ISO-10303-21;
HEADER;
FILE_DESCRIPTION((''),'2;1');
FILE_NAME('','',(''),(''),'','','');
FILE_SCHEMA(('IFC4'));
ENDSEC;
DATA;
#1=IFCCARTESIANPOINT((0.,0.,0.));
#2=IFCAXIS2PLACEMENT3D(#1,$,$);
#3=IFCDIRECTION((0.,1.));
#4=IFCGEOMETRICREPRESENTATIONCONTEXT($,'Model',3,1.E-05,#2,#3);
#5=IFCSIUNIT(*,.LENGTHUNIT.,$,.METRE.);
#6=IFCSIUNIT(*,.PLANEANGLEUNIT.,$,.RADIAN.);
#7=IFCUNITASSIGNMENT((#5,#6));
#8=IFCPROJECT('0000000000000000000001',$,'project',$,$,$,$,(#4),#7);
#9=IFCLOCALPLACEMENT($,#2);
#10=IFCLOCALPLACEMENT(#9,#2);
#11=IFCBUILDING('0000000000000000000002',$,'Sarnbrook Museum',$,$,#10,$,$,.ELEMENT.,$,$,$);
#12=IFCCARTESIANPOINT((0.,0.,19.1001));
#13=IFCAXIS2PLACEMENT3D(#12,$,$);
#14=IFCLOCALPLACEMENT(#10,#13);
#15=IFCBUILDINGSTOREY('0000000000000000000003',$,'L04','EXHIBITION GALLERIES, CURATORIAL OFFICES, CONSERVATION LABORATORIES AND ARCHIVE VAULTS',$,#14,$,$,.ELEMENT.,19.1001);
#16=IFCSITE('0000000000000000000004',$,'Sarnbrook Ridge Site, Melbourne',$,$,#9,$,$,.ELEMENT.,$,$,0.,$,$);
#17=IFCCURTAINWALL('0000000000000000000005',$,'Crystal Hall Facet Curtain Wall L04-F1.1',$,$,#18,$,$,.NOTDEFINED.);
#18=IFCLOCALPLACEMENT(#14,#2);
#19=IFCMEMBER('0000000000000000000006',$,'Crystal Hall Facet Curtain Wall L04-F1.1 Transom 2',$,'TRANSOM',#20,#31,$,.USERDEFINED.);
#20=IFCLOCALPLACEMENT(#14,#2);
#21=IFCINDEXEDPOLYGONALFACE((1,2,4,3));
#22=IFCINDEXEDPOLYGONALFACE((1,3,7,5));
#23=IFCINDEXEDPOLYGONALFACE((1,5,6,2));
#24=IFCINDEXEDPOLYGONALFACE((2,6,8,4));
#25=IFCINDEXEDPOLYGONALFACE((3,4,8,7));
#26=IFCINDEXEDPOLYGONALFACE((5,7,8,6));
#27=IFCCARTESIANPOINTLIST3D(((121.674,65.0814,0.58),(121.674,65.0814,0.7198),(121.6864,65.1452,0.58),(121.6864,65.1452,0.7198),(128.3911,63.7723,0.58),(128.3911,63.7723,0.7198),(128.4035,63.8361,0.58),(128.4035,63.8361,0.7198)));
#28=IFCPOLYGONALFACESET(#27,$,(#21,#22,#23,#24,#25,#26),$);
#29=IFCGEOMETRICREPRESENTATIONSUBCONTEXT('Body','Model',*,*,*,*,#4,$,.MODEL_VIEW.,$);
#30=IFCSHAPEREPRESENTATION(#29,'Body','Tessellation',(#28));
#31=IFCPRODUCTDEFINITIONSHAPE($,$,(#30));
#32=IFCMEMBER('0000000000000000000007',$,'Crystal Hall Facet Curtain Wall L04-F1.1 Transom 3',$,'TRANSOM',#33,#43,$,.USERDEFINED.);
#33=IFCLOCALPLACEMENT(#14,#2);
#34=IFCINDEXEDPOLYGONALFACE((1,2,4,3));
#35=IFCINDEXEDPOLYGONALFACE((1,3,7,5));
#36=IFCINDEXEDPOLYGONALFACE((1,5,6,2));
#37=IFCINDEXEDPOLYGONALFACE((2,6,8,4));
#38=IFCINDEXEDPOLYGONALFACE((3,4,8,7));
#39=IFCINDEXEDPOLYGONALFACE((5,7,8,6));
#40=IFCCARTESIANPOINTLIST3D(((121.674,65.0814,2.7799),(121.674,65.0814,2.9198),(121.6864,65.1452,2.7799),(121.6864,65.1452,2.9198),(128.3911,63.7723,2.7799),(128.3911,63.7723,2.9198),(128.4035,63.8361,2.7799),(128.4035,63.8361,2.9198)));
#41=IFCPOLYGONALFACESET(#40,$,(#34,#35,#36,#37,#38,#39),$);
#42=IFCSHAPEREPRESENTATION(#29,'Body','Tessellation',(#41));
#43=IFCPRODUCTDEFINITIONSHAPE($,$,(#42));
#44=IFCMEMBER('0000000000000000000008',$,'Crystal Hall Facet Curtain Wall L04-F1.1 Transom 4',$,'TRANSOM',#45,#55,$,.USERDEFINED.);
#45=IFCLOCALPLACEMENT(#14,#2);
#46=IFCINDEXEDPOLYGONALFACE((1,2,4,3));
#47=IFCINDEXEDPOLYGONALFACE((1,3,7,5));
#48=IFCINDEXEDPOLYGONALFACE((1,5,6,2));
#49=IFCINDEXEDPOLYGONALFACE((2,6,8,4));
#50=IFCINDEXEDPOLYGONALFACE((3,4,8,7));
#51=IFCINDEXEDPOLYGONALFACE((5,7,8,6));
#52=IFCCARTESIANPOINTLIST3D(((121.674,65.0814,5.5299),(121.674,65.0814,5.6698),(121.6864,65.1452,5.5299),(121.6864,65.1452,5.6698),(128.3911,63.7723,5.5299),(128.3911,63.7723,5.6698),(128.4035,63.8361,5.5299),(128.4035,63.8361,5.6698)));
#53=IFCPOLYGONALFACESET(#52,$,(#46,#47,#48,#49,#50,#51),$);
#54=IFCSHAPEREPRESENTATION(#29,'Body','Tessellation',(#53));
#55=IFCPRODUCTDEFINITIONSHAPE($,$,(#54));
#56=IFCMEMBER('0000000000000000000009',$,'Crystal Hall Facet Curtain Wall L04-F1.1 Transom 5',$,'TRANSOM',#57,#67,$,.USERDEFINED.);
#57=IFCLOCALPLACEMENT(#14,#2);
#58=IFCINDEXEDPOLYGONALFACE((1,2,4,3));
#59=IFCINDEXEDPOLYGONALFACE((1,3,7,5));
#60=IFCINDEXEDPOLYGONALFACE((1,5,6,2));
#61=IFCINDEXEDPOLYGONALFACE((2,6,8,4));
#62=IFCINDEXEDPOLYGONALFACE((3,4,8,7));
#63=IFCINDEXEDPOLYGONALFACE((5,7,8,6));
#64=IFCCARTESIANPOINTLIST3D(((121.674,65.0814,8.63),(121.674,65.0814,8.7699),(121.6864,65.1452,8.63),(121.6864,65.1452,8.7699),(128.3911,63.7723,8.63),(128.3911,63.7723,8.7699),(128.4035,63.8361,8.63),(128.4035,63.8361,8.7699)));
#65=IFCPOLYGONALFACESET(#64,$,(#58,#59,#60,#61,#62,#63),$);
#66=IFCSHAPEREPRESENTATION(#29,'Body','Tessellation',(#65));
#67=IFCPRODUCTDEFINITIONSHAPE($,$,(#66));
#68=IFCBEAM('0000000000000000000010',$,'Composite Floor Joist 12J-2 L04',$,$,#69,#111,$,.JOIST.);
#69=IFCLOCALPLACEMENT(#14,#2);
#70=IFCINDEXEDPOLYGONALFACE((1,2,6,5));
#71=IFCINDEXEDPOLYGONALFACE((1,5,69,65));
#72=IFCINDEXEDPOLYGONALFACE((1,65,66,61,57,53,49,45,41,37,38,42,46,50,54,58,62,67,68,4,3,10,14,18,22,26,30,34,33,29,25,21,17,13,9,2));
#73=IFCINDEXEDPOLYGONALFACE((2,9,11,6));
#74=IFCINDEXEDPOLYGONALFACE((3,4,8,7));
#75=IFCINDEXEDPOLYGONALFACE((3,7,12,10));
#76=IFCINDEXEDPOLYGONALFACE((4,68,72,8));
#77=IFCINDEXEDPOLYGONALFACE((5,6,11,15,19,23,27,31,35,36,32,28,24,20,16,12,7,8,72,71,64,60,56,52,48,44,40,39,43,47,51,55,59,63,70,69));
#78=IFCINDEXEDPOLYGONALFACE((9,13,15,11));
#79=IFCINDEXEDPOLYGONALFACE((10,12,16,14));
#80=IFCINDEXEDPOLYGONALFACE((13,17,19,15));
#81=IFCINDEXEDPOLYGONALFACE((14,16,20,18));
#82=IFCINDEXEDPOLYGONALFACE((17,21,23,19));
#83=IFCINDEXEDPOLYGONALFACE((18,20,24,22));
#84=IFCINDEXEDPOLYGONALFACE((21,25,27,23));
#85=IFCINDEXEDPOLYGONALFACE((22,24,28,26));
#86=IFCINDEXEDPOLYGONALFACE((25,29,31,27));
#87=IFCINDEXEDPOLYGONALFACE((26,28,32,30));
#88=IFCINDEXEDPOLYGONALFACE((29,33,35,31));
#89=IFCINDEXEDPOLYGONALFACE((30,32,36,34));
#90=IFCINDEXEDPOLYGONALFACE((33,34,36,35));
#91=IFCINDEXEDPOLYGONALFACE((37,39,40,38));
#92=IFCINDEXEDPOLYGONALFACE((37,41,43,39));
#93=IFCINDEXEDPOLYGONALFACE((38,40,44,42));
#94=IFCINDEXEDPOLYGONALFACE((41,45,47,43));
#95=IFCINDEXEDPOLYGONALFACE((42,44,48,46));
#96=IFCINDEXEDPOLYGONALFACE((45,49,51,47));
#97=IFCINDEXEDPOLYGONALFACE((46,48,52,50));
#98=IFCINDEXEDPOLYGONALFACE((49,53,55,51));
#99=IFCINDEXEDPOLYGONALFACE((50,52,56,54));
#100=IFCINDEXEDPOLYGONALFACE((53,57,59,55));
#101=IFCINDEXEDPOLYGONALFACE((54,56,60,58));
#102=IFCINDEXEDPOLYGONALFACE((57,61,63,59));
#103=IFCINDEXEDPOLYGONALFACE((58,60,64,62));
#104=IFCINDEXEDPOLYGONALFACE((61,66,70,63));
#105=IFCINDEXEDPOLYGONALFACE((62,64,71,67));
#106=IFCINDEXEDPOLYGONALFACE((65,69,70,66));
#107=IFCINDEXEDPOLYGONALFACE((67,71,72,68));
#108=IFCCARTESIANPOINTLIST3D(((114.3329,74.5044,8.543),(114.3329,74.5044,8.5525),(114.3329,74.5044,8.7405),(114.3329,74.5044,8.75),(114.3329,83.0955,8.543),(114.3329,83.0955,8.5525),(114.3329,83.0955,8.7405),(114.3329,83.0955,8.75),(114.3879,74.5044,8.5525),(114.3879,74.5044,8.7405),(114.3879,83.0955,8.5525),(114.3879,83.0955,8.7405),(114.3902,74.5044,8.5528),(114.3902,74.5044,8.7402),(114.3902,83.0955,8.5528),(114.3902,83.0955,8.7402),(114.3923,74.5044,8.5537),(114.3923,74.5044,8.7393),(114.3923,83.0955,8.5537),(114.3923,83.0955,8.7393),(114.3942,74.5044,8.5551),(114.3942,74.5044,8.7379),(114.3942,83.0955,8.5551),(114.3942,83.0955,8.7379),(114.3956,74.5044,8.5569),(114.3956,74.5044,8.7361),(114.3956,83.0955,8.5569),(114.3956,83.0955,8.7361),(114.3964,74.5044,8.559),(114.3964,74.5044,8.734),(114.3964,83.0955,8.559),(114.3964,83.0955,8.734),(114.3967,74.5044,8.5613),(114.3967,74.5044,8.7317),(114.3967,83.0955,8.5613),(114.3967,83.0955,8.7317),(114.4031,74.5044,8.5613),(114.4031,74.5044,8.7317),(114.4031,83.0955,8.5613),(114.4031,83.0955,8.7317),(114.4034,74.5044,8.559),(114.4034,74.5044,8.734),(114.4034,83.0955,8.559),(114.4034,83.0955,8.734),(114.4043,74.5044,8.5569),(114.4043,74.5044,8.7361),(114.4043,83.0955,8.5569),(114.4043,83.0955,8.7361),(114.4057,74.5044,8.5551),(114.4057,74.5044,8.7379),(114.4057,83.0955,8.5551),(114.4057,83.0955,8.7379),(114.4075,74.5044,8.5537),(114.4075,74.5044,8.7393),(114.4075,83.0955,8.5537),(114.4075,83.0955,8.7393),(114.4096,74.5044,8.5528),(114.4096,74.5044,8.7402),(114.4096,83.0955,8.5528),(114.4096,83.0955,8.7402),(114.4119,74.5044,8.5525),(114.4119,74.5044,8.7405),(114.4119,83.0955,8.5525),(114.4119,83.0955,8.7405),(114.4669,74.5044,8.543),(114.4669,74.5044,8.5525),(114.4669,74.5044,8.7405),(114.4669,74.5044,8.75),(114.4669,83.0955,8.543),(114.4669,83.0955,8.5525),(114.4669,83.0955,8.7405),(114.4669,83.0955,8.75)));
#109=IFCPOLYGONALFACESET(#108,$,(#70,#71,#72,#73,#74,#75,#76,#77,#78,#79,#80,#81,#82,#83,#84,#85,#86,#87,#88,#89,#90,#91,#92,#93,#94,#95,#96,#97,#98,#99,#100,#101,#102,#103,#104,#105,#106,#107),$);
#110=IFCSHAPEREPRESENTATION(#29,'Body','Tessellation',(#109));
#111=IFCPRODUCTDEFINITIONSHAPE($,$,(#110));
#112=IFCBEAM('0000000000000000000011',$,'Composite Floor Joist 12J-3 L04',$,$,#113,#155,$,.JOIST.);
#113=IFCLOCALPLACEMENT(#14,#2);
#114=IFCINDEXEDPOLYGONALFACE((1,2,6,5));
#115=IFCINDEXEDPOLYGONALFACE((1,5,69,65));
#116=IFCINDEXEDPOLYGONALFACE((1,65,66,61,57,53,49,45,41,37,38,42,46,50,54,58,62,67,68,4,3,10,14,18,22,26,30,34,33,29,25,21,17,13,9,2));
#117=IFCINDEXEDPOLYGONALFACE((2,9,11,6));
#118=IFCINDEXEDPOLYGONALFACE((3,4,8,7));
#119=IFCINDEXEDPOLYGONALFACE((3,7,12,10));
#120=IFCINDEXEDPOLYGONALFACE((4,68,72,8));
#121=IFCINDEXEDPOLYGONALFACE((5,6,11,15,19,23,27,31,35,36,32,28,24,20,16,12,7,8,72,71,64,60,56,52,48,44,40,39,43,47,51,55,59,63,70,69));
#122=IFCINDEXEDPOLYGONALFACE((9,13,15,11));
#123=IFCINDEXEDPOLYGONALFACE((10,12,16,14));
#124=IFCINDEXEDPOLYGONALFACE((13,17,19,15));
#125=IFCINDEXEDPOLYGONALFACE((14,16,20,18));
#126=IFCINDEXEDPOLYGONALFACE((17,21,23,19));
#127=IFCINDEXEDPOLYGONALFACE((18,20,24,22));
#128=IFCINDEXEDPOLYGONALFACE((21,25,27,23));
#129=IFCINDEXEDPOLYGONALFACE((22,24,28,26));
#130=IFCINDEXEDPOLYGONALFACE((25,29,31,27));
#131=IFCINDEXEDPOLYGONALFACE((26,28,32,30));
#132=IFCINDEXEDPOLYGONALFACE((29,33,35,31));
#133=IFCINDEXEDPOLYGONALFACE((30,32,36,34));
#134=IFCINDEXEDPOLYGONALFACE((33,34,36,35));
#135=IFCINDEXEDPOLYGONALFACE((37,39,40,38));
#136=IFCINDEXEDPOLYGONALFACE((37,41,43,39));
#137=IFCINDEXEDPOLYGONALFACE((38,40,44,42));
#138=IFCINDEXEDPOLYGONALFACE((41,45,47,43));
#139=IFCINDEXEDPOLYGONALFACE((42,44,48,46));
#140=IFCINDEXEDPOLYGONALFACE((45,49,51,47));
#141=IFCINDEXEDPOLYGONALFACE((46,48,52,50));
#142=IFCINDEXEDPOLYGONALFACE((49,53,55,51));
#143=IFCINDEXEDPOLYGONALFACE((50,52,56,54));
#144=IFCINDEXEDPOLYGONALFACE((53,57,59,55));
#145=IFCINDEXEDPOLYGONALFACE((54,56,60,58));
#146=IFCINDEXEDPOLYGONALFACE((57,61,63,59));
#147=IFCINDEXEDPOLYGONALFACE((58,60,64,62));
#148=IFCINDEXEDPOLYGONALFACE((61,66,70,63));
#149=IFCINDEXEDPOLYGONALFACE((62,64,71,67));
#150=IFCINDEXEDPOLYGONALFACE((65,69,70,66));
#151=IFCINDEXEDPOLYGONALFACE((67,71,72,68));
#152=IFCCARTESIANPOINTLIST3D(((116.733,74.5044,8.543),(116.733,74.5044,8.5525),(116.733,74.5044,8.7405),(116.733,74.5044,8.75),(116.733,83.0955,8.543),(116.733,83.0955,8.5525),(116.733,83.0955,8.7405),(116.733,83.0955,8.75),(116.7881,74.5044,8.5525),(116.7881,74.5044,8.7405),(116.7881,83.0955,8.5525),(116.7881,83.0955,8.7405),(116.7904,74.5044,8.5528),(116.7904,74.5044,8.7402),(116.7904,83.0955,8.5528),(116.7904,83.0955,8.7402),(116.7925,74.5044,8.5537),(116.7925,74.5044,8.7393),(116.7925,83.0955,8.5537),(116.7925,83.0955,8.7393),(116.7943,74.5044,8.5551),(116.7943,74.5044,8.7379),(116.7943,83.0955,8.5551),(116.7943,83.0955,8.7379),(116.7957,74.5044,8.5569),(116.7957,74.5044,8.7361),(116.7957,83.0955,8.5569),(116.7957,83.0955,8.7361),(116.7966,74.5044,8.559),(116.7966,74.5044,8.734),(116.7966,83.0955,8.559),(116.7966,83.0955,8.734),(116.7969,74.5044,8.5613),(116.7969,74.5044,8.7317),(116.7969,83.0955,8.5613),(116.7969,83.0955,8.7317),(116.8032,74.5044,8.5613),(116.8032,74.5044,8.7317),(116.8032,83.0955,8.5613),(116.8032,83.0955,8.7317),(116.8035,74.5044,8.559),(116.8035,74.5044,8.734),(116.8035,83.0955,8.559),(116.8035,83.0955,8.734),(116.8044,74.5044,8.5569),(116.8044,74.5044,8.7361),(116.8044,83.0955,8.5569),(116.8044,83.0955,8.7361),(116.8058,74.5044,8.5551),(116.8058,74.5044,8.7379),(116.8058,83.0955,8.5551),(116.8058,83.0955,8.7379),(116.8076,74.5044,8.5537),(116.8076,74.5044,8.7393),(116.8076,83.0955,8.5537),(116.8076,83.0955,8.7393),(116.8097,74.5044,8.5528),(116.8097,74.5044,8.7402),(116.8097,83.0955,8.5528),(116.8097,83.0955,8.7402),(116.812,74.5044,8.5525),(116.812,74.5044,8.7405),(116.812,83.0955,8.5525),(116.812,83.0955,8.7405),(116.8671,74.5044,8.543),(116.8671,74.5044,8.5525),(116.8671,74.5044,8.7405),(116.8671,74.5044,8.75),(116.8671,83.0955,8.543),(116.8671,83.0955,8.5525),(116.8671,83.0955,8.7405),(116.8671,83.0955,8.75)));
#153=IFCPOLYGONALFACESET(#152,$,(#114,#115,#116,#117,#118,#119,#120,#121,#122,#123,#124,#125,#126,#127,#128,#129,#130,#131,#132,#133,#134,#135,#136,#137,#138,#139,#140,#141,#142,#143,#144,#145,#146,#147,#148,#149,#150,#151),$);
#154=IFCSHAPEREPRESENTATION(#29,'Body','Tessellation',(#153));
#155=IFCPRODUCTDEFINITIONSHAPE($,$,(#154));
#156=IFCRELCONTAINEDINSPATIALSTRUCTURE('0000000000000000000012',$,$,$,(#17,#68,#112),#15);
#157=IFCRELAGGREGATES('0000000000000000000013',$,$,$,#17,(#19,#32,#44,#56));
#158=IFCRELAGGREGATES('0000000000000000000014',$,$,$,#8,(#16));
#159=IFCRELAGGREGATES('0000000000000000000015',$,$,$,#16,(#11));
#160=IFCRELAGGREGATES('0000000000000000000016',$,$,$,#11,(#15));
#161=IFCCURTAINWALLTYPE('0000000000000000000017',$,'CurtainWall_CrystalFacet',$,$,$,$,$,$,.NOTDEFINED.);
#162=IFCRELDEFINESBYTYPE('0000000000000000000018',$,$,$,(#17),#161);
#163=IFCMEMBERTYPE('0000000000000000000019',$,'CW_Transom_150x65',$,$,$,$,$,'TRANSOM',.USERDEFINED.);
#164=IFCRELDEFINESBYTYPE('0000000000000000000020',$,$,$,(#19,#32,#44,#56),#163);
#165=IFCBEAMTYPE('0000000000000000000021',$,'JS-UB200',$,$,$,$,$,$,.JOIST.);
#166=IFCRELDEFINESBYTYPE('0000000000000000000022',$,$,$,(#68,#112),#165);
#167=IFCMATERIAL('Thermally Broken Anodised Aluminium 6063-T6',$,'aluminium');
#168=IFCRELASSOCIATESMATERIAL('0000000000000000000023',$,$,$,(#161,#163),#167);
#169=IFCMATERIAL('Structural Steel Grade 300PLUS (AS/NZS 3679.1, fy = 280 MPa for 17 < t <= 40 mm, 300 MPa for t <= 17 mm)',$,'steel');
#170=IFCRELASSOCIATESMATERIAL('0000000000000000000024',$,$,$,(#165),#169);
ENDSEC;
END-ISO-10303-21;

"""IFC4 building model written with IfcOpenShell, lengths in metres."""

from ifc_helpers import new_model, si_unit, direction, frame, origin, origin_2d, place, context, subcontext, project, spatial, rectangle, i_section, extrude, material, material_profile, profile_set, type_object, element, aggregate, save


model = new_model("IFC4")

# Units and contexts
model_context = context("Model", 3, precision=1e-05, world=origin(), true_north=direction((0.0, 1.0)))
body_context = subcontext(model_context, "Body", "Model", "MODEL_VIEW")
ifc_project = project(units=[si_unit("LENGTHUNIT", "METRE"), si_unit("PLANEANGLEUNIT", "RADIAN")], contexts=[model_context])

# Site, building, storey
site_placement = place(None, origin())
site = spatial("IfcSite", under=ifc_project, at=site_placement, Name="Sarnbrook Ridge Site, Melbourne", CompositionType="ELEMENT", RefElevation=0.0)
building_placement = place(site_placement, origin())
building = spatial("IfcBuilding", under=site, at=building_placement, Name="Sarnbrook Museum", CompositionType="ELEMENT")
storey_placement = place(building_placement, frame((0.0, 0.0, 19.1001)))
storey = spatial("IfcBuildingStorey", under=building, at=storey_placement, Name="L04", Description="EXHIBITION GALLERIES, CURATORIAL OFFICES, CONSERVATION LABORATORIES AND ARCHIVE VAULTS", CompositionType="ELEMENT", Elevation=19.1001)

# Shared definitions
ifc_material_1 = material(Name="Structural Steel Grade 300PLUS (AS/NZS 3679.1, fy = 280 MPa for 17 < t <= 40 mm, 300 MPa for t <= 17 mm)", Category="steel")

# Curtain wall, members
ifc_material_2 = material(Name="Thermally Broken Anodised Aluminium 6063-T6", Category="aluminium")
curtain_wall_type = type_object("IfcCurtainWallType", Name="CurtainWall_CrystalFacet", PredefinedType="NOTDEFINED", material=ifc_material_2)
curtain_wall_placement = place(storey_placement, origin())
curtain_wall = element("IfcCurtainWall", 1, at=curtain_wall_placement, inside=storey, type_object=curtain_wall_type, Name="Crystal Hall Facet Curtain Wall L04-F1.1", PredefinedType="NOTDEFINED")
ifc_material_profile_1 = material_profile(ifc_material_2, rectangle(XDim=0.0649, YDim=0.1399, at=origin_2d()), Name="ALU TRANSOM 65x140")
ifc_profile_set_1 = profile_set([ifc_material_profile_1], Name="Thermally Broken Anodised Aluminium 6063-T6")
member_type_1 = type_object("IfcMemberType", Name="CW_Transom_150x65", ElementType="TRANSOM", PredefinedType="USERDEFINED", material=ifc_profile_set_1)
member_1_placement = place(storey_placement, frame((121.6802, 65.1133, 0.6499), z_axis=(0.981533, -0.191291, 0.0), x_axis=(0.191291, 0.981533, 0.0)))
member_1 = element("IfcMember", 2, at=member_1_placement, type_object=member_type_1, Name="Crystal Hall Facet Curtain Wall L04-F1.1 Transom 2", ObjectType="TRANSOM", PredefinedType="USERDEFINED", context=body_context, shape_type="SweptSolid", body=[
    extrude(rectangle(XDim=0.0649, YDim=0.1399, at=origin_2d()), origin(), (0.0, 0.0, 1.0), 6.8435),
])
member_2_placement = place(storey_placement, frame((121.6802, 65.1133, 2.8499), z_axis=(0.981533, -0.191291, 0.0), x_axis=(0.191291, 0.981533, 0.0)))
member_2 = element("IfcMember", 3, at=member_2_placement, type_object=member_type_1, Name="Crystal Hall Facet Curtain Wall L04-F1.1 Transom 3", ObjectType="TRANSOM", PredefinedType="USERDEFINED", context=body_context, shape_type="SweptSolid", body=[
    extrude(rectangle(XDim=0.0649, YDim=0.1399, at=origin_2d()), origin(), (0.0, 0.0, 1.0), 6.8435),
])
member_3_placement = place(storey_placement, frame((121.6802, 65.1133, 5.5999), z_axis=(0.981533, -0.191291, 0.0), x_axis=(0.191291, 0.981533, 0.0)))
member_3 = element("IfcMember", 4, at=member_3_placement, type_object=member_type_1, Name="Crystal Hall Facet Curtain Wall L04-F1.1 Transom 4", ObjectType="TRANSOM", PredefinedType="USERDEFINED", context=body_context, shape_type="SweptSolid", body=[
    extrude(rectangle(XDim=0.0649, YDim=0.1399, at=origin_2d()), origin(), (0.0, 0.0, 1.0), 6.8435),
])
member_4_placement = place(storey_placement, frame((121.6802, 65.1133, 8.7), z_axis=(0.981533, -0.191291, 0.0), x_axis=(0.191291, 0.981533, 0.0)))
member_4 = element("IfcMember", 5, at=member_4_placement, type_object=member_type_1, Name="Crystal Hall Facet Curtain Wall L04-F1.1 Transom 5", ObjectType="TRANSOM", PredefinedType="USERDEFINED", context=body_context, shape_type="SweptSolid", body=[
    extrude(rectangle(XDim=0.0649, YDim=0.1399, at=origin_2d()), origin(), (0.0, 0.0, 1.0), 6.8435),
])

# Beams
ifc_material_profile_2 = material_profile(ifc_material_1, i_section(OverallWidth=0.134, OverallDepth=0.207, WebThickness=0.0063, FlangeThickness=0.0095, FilletRadius=0.0088, at=origin_2d()), Name="200UB29.8")
ifc_profile_set_2 = profile_set([ifc_material_profile_2], Name="Structural Steel Grade 300PLUS (AS/NZS 3679.1, fy = 280 MPa for 17 < t <= 40 mm, 300 MPa for t <= 17 mm)")
beam_type_1 = type_object("IfcBeamType", Name="JS-UB200", PredefinedType="JOIST", material=ifc_profile_set_2)
for number, where, z_axis, x_axis, name in (
    (6, (114.3999, 74.5044, 8.6465), (0.0, 1.0, 0.0), (-1.0, 0.0, 0.0), "Composite Floor Joist 12J-2 L04"),
    (7, (116.8, 74.5044, 8.6465), (0.0, 1.0, 0.0), (-1.0, 0.0, 0.0), "Composite Floor Joist 12J-3 L04"),
):
    element("IfcBeam", number, at=place(storey_placement, frame(where, z_axis=z_axis, x_axis=x_axis)), inside=storey, type_object=beam_type_1, Name=name, PredefinedType="JOIST", context=body_context, shape_type="SweptSolid", body=[
        extrude(i_section(OverallWidth=0.134, OverallDepth=0.207, WebThickness=0.0063, FlangeThickness=0.0095, FilletRadius=0.0088, at=origin_2d()), origin(), (0.0, 0.0, 1.0), 8.5911),
    ])

aggregate(curtain_wall, [member_1, member_2, member_3, member_4])

save(model, "model.ifc")
